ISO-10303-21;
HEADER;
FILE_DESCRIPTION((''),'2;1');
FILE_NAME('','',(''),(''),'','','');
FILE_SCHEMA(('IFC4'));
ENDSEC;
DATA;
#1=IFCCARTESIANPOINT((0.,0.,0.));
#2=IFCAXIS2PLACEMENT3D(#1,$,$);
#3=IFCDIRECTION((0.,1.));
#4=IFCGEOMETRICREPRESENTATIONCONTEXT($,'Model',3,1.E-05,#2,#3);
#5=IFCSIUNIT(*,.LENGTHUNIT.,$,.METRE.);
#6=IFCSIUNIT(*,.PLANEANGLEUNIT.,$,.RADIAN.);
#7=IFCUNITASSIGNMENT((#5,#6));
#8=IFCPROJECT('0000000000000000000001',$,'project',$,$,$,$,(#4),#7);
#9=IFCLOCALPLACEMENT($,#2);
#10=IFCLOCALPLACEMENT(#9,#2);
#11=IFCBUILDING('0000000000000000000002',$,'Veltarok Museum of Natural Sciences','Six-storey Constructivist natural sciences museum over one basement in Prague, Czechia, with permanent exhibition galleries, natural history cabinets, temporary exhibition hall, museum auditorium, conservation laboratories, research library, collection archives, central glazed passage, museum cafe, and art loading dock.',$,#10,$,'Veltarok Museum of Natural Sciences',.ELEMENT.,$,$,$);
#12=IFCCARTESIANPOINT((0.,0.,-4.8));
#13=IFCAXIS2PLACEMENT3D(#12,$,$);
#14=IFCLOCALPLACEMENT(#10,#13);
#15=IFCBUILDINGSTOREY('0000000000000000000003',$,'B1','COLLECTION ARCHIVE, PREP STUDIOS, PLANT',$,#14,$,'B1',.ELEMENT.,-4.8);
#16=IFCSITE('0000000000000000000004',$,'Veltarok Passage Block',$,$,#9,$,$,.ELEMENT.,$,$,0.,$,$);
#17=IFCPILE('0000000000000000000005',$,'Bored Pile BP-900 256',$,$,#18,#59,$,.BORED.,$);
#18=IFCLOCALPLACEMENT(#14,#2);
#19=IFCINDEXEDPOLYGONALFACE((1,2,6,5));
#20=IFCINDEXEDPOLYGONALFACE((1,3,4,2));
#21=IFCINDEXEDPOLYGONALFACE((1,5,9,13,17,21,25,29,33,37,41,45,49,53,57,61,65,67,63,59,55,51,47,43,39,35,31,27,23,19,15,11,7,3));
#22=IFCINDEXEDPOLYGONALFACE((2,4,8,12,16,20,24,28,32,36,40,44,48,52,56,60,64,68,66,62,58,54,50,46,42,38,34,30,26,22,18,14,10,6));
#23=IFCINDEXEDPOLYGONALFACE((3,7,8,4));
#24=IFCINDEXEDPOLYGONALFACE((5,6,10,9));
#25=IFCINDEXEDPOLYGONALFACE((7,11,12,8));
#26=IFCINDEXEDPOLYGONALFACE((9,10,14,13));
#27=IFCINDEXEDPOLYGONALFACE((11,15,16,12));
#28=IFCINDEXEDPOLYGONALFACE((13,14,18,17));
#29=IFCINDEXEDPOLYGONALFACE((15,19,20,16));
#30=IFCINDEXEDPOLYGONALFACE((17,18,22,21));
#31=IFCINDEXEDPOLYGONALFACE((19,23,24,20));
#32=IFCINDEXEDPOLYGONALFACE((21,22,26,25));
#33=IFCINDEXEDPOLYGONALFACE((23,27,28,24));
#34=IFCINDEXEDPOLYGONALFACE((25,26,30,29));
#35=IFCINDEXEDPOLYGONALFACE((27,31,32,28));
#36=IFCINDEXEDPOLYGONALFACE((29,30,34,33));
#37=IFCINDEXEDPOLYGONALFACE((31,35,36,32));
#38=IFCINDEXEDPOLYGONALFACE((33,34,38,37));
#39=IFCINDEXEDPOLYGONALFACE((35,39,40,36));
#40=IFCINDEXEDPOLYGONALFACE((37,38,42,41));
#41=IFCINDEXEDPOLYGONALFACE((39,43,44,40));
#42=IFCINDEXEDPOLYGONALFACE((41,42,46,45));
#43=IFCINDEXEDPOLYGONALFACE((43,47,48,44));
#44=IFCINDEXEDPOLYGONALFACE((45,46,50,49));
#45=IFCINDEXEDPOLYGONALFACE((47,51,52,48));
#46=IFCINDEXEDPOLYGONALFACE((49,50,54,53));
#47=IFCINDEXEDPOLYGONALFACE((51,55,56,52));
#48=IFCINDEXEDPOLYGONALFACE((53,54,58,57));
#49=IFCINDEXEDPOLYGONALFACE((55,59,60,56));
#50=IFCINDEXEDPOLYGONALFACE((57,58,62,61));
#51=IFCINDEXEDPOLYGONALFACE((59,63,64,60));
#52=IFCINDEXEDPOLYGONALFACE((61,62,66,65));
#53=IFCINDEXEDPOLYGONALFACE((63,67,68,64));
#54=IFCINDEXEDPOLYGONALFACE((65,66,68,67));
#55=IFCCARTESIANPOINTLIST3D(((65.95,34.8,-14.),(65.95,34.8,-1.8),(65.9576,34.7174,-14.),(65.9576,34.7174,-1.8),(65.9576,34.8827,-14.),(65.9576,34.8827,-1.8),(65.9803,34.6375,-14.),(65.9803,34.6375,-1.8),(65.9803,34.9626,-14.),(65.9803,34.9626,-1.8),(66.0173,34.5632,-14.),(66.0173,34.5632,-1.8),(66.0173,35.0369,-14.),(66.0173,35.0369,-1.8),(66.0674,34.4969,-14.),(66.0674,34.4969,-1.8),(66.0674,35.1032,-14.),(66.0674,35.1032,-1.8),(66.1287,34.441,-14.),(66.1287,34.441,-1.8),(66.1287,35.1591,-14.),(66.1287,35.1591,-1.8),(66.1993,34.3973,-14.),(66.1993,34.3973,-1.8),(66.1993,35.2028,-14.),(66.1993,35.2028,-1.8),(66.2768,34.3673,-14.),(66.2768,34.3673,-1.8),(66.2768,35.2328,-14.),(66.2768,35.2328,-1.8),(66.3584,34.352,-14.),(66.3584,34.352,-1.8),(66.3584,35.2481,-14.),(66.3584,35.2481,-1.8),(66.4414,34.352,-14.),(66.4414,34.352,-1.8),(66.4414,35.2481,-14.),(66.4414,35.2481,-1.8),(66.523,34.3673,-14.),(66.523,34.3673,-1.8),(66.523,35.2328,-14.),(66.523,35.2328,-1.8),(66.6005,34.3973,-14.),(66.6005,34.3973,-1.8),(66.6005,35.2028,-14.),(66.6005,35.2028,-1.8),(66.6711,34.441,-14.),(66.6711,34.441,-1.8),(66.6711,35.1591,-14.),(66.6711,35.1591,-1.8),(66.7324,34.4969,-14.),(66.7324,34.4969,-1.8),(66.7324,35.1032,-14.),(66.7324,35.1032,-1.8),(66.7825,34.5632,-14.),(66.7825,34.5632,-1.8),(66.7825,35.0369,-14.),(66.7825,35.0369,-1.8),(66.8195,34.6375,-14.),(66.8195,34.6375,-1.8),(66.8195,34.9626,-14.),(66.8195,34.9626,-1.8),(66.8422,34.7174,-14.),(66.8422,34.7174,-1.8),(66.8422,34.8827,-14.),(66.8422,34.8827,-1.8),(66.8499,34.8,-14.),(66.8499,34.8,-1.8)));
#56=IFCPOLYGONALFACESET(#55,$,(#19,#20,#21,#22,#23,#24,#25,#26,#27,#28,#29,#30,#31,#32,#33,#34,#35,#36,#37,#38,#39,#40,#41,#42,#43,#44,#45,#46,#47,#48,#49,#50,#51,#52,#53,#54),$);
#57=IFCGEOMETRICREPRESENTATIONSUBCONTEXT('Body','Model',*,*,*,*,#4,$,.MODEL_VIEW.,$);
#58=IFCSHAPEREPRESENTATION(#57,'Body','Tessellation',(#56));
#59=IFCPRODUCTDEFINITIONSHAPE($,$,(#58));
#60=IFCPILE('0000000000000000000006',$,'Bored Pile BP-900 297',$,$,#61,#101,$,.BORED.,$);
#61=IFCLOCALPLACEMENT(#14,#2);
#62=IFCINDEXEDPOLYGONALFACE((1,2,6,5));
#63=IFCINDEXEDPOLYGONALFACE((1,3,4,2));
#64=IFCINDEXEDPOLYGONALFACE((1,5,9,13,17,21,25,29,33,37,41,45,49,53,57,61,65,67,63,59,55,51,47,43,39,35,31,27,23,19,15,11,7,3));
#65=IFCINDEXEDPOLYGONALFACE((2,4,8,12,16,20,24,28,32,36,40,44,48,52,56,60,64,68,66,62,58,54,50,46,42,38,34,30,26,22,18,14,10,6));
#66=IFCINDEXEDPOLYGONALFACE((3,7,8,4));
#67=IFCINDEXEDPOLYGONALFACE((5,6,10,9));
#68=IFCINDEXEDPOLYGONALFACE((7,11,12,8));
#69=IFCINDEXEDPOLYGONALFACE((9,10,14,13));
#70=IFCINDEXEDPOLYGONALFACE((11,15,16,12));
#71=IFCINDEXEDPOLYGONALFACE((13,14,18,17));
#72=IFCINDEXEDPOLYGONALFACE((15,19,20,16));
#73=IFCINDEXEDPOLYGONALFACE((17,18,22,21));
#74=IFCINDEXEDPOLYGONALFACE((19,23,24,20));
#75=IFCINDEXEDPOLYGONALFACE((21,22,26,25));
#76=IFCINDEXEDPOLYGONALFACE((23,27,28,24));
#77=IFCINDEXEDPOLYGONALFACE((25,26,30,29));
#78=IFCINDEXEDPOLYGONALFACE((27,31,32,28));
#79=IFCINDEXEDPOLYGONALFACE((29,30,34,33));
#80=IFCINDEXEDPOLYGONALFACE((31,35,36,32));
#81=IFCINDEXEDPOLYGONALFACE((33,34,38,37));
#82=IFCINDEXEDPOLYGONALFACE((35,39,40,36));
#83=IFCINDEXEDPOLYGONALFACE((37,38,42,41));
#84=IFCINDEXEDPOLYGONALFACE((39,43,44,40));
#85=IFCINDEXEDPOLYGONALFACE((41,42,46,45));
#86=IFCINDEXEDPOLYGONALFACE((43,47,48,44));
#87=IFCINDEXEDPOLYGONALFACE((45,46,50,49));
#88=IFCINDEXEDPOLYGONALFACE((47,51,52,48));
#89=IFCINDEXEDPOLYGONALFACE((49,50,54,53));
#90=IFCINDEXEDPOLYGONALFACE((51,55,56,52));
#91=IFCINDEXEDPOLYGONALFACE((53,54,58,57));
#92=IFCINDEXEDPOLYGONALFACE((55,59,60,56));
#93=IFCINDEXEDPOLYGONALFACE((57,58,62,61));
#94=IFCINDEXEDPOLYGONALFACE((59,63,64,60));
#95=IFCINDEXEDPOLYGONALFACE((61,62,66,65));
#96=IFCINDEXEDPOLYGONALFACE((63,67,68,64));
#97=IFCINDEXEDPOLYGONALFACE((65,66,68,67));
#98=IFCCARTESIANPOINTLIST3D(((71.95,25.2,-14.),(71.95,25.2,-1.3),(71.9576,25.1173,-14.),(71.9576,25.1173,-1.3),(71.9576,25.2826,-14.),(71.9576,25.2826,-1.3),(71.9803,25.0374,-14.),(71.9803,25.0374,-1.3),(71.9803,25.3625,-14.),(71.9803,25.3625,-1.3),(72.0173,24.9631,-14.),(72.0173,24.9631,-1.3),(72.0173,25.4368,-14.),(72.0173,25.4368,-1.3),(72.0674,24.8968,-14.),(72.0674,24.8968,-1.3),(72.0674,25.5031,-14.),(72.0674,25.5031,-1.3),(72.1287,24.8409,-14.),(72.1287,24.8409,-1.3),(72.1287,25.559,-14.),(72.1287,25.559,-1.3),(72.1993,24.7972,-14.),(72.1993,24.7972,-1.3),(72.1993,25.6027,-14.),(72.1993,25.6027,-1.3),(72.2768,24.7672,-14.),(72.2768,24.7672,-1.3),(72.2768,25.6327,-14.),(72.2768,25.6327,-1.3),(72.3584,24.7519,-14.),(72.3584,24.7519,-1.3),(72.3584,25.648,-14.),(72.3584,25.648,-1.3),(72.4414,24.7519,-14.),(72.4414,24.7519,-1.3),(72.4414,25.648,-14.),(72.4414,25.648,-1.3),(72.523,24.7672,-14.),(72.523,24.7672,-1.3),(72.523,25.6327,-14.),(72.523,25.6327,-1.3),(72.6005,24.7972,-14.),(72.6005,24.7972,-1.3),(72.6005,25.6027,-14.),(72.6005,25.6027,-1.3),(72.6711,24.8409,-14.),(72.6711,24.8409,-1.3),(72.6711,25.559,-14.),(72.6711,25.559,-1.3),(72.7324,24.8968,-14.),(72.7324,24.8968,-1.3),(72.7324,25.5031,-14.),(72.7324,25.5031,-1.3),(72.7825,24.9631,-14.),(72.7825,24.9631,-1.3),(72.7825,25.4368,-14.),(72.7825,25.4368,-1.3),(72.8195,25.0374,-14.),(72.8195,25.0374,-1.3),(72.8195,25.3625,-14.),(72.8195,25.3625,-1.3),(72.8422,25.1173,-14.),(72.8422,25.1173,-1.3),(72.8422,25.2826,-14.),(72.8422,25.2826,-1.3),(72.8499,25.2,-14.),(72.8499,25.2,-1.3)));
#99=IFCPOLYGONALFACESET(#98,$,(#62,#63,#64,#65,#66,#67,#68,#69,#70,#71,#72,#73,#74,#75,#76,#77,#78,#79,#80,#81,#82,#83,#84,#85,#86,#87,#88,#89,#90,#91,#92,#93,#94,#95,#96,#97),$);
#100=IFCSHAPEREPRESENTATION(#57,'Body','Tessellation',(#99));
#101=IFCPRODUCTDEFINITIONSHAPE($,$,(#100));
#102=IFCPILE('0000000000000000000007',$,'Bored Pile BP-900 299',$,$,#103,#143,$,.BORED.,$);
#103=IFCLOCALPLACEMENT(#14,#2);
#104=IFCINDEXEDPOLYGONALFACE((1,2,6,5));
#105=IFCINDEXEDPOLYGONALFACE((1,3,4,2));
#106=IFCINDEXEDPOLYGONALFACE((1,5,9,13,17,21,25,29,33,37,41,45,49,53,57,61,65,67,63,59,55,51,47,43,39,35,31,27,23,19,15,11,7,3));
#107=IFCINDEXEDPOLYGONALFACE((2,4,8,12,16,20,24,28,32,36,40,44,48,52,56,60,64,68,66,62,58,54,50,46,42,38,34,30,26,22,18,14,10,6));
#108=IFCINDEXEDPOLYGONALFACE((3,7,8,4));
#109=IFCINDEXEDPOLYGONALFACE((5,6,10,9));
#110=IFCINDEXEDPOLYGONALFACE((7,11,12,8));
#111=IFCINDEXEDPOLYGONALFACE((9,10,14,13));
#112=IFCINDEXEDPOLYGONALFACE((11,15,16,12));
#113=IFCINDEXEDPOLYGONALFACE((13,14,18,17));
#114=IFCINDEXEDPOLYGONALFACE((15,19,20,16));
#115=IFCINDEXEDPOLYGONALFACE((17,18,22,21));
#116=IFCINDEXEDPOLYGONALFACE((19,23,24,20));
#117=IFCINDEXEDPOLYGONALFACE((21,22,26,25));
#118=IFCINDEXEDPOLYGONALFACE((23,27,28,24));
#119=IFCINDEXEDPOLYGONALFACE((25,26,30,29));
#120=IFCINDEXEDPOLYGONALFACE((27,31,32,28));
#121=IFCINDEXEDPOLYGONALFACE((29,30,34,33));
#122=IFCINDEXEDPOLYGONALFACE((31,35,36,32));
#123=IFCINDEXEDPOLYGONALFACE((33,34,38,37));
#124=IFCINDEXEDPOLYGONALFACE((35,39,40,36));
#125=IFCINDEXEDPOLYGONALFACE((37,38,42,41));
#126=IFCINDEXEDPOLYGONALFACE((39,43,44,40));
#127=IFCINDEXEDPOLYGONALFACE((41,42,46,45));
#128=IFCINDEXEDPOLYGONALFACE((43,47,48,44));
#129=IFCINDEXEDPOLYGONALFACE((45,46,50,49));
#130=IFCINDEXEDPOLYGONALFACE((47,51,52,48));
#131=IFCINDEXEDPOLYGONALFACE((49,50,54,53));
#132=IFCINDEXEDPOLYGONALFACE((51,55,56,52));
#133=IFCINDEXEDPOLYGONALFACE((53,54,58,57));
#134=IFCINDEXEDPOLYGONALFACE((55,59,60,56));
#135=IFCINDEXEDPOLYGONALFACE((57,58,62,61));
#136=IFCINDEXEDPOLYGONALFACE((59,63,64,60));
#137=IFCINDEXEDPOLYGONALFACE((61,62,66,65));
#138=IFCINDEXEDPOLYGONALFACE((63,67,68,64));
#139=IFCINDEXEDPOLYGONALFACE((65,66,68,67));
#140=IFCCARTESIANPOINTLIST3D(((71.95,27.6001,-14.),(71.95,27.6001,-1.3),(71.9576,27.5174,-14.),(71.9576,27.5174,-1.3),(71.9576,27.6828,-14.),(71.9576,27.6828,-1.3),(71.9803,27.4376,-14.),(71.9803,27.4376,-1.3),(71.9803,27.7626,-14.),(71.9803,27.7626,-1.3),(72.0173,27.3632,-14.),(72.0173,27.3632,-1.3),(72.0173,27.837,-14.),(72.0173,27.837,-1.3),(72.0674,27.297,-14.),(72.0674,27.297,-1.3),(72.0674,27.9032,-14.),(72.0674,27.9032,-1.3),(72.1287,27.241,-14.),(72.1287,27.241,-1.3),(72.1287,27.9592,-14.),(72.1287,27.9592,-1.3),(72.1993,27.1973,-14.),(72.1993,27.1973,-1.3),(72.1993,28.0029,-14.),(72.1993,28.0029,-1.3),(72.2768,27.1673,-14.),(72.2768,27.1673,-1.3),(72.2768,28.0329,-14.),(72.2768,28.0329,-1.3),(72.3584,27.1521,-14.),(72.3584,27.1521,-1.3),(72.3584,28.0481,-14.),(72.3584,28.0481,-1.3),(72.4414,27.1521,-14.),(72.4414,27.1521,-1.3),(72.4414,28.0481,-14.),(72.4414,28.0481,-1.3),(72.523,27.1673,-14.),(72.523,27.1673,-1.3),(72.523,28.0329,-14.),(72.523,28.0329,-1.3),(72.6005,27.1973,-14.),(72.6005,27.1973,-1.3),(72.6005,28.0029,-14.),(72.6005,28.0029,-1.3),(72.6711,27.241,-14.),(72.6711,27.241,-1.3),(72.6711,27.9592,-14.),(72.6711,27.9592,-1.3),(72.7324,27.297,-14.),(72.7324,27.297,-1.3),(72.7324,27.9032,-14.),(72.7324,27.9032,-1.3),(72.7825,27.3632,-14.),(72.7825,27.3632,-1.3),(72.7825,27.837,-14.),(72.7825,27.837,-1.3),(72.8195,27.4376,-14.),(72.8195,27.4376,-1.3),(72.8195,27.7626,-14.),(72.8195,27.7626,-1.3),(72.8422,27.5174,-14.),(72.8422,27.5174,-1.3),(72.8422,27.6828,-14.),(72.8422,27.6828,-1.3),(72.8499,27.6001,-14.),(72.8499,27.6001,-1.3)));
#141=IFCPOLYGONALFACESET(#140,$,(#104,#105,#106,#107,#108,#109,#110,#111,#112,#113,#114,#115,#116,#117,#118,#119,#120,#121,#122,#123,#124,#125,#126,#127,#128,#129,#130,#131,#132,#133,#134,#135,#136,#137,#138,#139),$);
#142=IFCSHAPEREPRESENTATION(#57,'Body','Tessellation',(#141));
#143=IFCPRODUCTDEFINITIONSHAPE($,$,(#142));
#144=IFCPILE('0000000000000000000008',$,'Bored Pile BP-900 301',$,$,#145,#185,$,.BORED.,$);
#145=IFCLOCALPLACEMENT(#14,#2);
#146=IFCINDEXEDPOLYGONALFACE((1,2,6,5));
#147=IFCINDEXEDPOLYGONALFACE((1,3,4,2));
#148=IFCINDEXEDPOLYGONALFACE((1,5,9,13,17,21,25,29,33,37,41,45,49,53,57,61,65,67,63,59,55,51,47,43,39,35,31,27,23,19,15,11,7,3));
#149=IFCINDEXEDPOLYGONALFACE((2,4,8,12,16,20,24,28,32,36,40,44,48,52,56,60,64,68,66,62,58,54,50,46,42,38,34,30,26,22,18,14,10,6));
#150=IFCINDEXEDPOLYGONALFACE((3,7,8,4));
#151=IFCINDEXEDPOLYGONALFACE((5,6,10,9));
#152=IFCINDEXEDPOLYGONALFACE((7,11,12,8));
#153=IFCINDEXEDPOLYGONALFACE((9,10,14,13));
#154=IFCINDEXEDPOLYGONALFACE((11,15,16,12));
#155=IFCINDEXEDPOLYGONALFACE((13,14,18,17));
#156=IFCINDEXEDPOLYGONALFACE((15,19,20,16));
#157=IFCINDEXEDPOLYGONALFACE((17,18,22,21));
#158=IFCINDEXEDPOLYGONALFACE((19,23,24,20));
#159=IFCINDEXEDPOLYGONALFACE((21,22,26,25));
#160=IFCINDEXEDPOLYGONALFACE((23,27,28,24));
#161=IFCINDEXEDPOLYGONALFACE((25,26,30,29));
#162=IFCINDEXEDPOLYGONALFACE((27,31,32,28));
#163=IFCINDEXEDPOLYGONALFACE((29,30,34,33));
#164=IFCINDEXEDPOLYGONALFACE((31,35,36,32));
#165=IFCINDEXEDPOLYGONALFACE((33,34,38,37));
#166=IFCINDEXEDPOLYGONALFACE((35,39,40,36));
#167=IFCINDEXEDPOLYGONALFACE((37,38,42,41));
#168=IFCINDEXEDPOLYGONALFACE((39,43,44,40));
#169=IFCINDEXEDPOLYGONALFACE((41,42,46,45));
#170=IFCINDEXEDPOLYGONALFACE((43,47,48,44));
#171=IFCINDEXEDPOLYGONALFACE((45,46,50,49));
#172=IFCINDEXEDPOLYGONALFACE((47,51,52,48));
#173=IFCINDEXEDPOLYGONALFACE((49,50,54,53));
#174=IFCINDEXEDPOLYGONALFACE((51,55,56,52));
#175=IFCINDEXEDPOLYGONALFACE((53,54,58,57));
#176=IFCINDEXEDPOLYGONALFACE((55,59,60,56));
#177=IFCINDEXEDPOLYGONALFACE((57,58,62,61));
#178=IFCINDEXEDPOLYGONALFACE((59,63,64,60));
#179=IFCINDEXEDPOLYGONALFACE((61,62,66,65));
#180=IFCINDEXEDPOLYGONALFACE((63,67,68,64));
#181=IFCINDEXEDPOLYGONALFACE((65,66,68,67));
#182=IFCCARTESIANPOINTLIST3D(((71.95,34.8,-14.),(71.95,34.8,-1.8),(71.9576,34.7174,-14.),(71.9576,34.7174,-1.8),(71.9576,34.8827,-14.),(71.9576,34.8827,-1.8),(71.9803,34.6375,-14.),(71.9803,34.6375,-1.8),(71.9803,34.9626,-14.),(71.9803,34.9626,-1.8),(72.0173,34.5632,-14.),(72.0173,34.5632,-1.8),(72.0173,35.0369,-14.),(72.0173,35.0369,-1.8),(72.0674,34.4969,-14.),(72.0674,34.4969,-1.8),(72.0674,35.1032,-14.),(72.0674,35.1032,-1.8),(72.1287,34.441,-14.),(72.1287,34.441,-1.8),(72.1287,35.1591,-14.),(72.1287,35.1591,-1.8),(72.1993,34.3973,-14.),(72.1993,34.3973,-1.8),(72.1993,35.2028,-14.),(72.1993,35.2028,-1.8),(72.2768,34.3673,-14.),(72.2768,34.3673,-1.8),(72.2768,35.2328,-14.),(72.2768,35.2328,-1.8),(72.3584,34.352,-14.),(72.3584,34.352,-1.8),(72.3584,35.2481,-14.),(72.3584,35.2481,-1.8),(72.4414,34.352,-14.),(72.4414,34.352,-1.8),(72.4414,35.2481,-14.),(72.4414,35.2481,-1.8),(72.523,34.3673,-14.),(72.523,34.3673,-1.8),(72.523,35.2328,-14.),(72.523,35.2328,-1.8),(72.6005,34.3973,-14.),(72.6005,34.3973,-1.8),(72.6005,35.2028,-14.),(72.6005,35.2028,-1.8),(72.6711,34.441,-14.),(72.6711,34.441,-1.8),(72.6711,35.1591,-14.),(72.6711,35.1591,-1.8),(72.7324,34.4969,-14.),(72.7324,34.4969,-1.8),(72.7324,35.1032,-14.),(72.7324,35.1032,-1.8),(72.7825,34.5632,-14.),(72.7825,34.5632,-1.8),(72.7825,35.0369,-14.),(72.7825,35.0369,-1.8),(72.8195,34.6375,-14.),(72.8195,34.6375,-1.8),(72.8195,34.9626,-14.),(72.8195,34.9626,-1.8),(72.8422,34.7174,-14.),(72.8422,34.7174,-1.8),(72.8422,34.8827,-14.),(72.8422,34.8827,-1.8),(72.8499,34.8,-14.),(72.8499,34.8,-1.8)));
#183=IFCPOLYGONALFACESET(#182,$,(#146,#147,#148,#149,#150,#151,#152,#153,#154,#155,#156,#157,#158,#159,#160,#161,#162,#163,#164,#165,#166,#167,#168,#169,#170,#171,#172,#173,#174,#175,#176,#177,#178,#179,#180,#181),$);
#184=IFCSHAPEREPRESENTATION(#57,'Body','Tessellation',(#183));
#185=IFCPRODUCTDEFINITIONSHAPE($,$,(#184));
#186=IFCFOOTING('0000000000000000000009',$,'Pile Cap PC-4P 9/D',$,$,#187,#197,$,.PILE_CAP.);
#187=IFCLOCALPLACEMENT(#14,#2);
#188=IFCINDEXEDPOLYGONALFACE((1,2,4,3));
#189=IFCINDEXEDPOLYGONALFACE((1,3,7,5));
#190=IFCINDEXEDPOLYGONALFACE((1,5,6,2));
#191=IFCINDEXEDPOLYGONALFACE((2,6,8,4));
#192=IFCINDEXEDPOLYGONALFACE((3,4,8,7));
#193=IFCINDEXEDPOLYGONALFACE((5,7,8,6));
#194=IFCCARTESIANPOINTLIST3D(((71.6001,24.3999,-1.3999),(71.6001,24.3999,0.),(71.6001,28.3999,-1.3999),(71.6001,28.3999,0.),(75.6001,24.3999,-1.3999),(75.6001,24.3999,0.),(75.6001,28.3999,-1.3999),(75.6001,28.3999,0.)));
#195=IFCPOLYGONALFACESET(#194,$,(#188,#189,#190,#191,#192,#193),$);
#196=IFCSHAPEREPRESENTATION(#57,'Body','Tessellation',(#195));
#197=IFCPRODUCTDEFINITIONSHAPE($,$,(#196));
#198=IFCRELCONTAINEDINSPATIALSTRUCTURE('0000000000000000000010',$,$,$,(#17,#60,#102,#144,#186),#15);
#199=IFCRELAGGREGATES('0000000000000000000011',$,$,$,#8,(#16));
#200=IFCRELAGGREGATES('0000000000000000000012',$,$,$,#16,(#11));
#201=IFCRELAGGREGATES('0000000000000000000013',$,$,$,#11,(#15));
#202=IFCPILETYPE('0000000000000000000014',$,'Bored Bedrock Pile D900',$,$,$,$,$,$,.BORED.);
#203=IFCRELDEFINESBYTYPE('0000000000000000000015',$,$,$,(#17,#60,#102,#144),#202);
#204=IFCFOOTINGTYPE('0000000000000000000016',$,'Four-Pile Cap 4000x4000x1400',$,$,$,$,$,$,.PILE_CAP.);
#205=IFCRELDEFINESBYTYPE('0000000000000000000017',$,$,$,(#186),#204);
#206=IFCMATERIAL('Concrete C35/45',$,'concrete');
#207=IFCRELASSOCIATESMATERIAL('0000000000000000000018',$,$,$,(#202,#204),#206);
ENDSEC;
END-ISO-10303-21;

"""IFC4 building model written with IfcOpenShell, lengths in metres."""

from ifc_helpers import new_model, si_unit, direction, frame, origin, origin_2d, place, context, subcontext, project, spatial, rectangle, circle, extrude, material, material_profile, profile_set, type_object, element, save


model = new_model("IFC4")

# Units and contexts
model_context = context("Model", 3, precision=1e-05, world=origin(), true_north=direction((0.0, 1.0)))
body_context = subcontext(model_context, "Body", "Model", "MODEL_VIEW")
ifc_project = project(units=[si_unit("LENGTHUNIT", "METRE"), si_unit("PLANEANGLEUNIT", "RADIAN")], contexts=[model_context])

# Site, building, storey
site_placement = place(None, origin())
site = spatial("IfcSite", under=ifc_project, at=site_placement, Name="Veltarok Passage Block", CompositionType="ELEMENT", RefElevation=0.0)
building_placement = place(site_placement, origin())
building = spatial("IfcBuilding", under=site, at=building_placement, Name="Veltarok Museum of Natural Sciences", Description="Six-storey Constructivist natural sciences museum over one basement in Prague, Czechia, with permanent exhibition galleries, natural history cabinets, temporary exhibition hall, museum auditorium, conservation laboratories, research library, collection archives, central glazed passage, museum cafe, and art loading dock.", LongName="Veltarok Museum of Natural Sciences", CompositionType="ELEMENT")
storey_placement = place(building_placement, frame((0.0, 0.0, -4.8)))
storey = spatial("IfcBuildingStorey", under=building, at=storey_placement, Name="B1", Description="COLLECTION ARCHIVE, PREP STUDIOS, PLANT", LongName="B1", CompositionType="ELEMENT", Elevation=-4.8)

# Piles
ifc_material_1 = material(Name="Concrete C35/45", Category="concrete")
ifc_material_profile_1 = material_profile(ifc_material_1, circle(Radius=0.45, at=origin_2d()), Name="BP D900")
ifc_profile_set_1 = profile_set([ifc_material_profile_1], Name="Concrete C35/45")
pile_type_1 = type_object("IfcPileType", Name="Bored Bedrock Pile D900", PredefinedType="BORED", material=ifc_profile_set_1)
pile_1_placement = place(storey_placement, frame((66.3999, 34.8, -1.8), z_axis=(0.0, 0.0, -1.0), x_axis=(1.0, 0.0, 0.0)))
element("IfcPile", 1, at=pile_1_placement, inside=storey, type_object=pile_type_1, Name="Bored Pile BP-900 256", PredefinedType="BORED", context=body_context, shape_type="SweptSolid", body=[
    extrude(circle(Radius=0.45, at=origin_2d()), origin(), (0.0, 0.0, 1.0), 12.2),
])
for number, where, z_axis, x_axis, name in (
    (2, (72.3999, 25.2, -1.3), (0.0, 0.0, -1.0), (1.0, 0.0, 0.0), "Bored Pile BP-900 297"),
    (3, (72.3999, 27.6001, -1.3), (0.0, 0.0, -1.0), (1.0, 0.0, 0.0), "Bored Pile BP-900 299"),
):
    element("IfcPile", number, at=place(storey_placement, frame(where, z_axis=z_axis, x_axis=x_axis)), inside=storey, type_object=pile_type_1, Name=name, PredefinedType="BORED", context=body_context, shape_type="SweptSolid", body=[
        extrude(circle(Radius=0.45, at=origin_2d()), origin(), (0.0, 0.0, 1.0), 12.7),
    ])
pile_2_placement = place(storey_placement, frame((72.3999, 34.8, -1.8), z_axis=(0.0, 0.0, -1.0), x_axis=(1.0, 0.0, 0.0)))
element("IfcPile", 4, at=pile_2_placement, inside=storey, type_object=pile_type_1, Name="Bored Pile BP-900 301", PredefinedType="BORED", context=body_context, shape_type="SweptSolid", body=[
    extrude(circle(Radius=0.45, at=origin_2d()), origin(), (0.0, 0.0, 1.0), 12.2),
])

# Footing
footing_type_1 = type_object("IfcFootingType", Name="Four-Pile Cap 4000x4000x1400", PredefinedType="PILE_CAP", material=ifc_material_1)
footing_1_placement = place(storey_placement, frame((73.6001, 26.3999, -1.3999), z_axis=(0.0, 0.0, 1.0), x_axis=(1.0, 0.0, 0.0)))
element("IfcFooting", 5, at=footing_1_placement, inside=storey, type_object=footing_type_1, Name="Pile Cap PC-4P 9/D", PredefinedType="PILE_CAP", context=body_context, shape_type="SweptSolid", body=[
    extrude(rectangle(XDim=4.0, YDim=4.0, at=origin_2d()), origin(), (0.0, 0.0, 1.0), 1.3999),
])

save(model, "model.ifc")
